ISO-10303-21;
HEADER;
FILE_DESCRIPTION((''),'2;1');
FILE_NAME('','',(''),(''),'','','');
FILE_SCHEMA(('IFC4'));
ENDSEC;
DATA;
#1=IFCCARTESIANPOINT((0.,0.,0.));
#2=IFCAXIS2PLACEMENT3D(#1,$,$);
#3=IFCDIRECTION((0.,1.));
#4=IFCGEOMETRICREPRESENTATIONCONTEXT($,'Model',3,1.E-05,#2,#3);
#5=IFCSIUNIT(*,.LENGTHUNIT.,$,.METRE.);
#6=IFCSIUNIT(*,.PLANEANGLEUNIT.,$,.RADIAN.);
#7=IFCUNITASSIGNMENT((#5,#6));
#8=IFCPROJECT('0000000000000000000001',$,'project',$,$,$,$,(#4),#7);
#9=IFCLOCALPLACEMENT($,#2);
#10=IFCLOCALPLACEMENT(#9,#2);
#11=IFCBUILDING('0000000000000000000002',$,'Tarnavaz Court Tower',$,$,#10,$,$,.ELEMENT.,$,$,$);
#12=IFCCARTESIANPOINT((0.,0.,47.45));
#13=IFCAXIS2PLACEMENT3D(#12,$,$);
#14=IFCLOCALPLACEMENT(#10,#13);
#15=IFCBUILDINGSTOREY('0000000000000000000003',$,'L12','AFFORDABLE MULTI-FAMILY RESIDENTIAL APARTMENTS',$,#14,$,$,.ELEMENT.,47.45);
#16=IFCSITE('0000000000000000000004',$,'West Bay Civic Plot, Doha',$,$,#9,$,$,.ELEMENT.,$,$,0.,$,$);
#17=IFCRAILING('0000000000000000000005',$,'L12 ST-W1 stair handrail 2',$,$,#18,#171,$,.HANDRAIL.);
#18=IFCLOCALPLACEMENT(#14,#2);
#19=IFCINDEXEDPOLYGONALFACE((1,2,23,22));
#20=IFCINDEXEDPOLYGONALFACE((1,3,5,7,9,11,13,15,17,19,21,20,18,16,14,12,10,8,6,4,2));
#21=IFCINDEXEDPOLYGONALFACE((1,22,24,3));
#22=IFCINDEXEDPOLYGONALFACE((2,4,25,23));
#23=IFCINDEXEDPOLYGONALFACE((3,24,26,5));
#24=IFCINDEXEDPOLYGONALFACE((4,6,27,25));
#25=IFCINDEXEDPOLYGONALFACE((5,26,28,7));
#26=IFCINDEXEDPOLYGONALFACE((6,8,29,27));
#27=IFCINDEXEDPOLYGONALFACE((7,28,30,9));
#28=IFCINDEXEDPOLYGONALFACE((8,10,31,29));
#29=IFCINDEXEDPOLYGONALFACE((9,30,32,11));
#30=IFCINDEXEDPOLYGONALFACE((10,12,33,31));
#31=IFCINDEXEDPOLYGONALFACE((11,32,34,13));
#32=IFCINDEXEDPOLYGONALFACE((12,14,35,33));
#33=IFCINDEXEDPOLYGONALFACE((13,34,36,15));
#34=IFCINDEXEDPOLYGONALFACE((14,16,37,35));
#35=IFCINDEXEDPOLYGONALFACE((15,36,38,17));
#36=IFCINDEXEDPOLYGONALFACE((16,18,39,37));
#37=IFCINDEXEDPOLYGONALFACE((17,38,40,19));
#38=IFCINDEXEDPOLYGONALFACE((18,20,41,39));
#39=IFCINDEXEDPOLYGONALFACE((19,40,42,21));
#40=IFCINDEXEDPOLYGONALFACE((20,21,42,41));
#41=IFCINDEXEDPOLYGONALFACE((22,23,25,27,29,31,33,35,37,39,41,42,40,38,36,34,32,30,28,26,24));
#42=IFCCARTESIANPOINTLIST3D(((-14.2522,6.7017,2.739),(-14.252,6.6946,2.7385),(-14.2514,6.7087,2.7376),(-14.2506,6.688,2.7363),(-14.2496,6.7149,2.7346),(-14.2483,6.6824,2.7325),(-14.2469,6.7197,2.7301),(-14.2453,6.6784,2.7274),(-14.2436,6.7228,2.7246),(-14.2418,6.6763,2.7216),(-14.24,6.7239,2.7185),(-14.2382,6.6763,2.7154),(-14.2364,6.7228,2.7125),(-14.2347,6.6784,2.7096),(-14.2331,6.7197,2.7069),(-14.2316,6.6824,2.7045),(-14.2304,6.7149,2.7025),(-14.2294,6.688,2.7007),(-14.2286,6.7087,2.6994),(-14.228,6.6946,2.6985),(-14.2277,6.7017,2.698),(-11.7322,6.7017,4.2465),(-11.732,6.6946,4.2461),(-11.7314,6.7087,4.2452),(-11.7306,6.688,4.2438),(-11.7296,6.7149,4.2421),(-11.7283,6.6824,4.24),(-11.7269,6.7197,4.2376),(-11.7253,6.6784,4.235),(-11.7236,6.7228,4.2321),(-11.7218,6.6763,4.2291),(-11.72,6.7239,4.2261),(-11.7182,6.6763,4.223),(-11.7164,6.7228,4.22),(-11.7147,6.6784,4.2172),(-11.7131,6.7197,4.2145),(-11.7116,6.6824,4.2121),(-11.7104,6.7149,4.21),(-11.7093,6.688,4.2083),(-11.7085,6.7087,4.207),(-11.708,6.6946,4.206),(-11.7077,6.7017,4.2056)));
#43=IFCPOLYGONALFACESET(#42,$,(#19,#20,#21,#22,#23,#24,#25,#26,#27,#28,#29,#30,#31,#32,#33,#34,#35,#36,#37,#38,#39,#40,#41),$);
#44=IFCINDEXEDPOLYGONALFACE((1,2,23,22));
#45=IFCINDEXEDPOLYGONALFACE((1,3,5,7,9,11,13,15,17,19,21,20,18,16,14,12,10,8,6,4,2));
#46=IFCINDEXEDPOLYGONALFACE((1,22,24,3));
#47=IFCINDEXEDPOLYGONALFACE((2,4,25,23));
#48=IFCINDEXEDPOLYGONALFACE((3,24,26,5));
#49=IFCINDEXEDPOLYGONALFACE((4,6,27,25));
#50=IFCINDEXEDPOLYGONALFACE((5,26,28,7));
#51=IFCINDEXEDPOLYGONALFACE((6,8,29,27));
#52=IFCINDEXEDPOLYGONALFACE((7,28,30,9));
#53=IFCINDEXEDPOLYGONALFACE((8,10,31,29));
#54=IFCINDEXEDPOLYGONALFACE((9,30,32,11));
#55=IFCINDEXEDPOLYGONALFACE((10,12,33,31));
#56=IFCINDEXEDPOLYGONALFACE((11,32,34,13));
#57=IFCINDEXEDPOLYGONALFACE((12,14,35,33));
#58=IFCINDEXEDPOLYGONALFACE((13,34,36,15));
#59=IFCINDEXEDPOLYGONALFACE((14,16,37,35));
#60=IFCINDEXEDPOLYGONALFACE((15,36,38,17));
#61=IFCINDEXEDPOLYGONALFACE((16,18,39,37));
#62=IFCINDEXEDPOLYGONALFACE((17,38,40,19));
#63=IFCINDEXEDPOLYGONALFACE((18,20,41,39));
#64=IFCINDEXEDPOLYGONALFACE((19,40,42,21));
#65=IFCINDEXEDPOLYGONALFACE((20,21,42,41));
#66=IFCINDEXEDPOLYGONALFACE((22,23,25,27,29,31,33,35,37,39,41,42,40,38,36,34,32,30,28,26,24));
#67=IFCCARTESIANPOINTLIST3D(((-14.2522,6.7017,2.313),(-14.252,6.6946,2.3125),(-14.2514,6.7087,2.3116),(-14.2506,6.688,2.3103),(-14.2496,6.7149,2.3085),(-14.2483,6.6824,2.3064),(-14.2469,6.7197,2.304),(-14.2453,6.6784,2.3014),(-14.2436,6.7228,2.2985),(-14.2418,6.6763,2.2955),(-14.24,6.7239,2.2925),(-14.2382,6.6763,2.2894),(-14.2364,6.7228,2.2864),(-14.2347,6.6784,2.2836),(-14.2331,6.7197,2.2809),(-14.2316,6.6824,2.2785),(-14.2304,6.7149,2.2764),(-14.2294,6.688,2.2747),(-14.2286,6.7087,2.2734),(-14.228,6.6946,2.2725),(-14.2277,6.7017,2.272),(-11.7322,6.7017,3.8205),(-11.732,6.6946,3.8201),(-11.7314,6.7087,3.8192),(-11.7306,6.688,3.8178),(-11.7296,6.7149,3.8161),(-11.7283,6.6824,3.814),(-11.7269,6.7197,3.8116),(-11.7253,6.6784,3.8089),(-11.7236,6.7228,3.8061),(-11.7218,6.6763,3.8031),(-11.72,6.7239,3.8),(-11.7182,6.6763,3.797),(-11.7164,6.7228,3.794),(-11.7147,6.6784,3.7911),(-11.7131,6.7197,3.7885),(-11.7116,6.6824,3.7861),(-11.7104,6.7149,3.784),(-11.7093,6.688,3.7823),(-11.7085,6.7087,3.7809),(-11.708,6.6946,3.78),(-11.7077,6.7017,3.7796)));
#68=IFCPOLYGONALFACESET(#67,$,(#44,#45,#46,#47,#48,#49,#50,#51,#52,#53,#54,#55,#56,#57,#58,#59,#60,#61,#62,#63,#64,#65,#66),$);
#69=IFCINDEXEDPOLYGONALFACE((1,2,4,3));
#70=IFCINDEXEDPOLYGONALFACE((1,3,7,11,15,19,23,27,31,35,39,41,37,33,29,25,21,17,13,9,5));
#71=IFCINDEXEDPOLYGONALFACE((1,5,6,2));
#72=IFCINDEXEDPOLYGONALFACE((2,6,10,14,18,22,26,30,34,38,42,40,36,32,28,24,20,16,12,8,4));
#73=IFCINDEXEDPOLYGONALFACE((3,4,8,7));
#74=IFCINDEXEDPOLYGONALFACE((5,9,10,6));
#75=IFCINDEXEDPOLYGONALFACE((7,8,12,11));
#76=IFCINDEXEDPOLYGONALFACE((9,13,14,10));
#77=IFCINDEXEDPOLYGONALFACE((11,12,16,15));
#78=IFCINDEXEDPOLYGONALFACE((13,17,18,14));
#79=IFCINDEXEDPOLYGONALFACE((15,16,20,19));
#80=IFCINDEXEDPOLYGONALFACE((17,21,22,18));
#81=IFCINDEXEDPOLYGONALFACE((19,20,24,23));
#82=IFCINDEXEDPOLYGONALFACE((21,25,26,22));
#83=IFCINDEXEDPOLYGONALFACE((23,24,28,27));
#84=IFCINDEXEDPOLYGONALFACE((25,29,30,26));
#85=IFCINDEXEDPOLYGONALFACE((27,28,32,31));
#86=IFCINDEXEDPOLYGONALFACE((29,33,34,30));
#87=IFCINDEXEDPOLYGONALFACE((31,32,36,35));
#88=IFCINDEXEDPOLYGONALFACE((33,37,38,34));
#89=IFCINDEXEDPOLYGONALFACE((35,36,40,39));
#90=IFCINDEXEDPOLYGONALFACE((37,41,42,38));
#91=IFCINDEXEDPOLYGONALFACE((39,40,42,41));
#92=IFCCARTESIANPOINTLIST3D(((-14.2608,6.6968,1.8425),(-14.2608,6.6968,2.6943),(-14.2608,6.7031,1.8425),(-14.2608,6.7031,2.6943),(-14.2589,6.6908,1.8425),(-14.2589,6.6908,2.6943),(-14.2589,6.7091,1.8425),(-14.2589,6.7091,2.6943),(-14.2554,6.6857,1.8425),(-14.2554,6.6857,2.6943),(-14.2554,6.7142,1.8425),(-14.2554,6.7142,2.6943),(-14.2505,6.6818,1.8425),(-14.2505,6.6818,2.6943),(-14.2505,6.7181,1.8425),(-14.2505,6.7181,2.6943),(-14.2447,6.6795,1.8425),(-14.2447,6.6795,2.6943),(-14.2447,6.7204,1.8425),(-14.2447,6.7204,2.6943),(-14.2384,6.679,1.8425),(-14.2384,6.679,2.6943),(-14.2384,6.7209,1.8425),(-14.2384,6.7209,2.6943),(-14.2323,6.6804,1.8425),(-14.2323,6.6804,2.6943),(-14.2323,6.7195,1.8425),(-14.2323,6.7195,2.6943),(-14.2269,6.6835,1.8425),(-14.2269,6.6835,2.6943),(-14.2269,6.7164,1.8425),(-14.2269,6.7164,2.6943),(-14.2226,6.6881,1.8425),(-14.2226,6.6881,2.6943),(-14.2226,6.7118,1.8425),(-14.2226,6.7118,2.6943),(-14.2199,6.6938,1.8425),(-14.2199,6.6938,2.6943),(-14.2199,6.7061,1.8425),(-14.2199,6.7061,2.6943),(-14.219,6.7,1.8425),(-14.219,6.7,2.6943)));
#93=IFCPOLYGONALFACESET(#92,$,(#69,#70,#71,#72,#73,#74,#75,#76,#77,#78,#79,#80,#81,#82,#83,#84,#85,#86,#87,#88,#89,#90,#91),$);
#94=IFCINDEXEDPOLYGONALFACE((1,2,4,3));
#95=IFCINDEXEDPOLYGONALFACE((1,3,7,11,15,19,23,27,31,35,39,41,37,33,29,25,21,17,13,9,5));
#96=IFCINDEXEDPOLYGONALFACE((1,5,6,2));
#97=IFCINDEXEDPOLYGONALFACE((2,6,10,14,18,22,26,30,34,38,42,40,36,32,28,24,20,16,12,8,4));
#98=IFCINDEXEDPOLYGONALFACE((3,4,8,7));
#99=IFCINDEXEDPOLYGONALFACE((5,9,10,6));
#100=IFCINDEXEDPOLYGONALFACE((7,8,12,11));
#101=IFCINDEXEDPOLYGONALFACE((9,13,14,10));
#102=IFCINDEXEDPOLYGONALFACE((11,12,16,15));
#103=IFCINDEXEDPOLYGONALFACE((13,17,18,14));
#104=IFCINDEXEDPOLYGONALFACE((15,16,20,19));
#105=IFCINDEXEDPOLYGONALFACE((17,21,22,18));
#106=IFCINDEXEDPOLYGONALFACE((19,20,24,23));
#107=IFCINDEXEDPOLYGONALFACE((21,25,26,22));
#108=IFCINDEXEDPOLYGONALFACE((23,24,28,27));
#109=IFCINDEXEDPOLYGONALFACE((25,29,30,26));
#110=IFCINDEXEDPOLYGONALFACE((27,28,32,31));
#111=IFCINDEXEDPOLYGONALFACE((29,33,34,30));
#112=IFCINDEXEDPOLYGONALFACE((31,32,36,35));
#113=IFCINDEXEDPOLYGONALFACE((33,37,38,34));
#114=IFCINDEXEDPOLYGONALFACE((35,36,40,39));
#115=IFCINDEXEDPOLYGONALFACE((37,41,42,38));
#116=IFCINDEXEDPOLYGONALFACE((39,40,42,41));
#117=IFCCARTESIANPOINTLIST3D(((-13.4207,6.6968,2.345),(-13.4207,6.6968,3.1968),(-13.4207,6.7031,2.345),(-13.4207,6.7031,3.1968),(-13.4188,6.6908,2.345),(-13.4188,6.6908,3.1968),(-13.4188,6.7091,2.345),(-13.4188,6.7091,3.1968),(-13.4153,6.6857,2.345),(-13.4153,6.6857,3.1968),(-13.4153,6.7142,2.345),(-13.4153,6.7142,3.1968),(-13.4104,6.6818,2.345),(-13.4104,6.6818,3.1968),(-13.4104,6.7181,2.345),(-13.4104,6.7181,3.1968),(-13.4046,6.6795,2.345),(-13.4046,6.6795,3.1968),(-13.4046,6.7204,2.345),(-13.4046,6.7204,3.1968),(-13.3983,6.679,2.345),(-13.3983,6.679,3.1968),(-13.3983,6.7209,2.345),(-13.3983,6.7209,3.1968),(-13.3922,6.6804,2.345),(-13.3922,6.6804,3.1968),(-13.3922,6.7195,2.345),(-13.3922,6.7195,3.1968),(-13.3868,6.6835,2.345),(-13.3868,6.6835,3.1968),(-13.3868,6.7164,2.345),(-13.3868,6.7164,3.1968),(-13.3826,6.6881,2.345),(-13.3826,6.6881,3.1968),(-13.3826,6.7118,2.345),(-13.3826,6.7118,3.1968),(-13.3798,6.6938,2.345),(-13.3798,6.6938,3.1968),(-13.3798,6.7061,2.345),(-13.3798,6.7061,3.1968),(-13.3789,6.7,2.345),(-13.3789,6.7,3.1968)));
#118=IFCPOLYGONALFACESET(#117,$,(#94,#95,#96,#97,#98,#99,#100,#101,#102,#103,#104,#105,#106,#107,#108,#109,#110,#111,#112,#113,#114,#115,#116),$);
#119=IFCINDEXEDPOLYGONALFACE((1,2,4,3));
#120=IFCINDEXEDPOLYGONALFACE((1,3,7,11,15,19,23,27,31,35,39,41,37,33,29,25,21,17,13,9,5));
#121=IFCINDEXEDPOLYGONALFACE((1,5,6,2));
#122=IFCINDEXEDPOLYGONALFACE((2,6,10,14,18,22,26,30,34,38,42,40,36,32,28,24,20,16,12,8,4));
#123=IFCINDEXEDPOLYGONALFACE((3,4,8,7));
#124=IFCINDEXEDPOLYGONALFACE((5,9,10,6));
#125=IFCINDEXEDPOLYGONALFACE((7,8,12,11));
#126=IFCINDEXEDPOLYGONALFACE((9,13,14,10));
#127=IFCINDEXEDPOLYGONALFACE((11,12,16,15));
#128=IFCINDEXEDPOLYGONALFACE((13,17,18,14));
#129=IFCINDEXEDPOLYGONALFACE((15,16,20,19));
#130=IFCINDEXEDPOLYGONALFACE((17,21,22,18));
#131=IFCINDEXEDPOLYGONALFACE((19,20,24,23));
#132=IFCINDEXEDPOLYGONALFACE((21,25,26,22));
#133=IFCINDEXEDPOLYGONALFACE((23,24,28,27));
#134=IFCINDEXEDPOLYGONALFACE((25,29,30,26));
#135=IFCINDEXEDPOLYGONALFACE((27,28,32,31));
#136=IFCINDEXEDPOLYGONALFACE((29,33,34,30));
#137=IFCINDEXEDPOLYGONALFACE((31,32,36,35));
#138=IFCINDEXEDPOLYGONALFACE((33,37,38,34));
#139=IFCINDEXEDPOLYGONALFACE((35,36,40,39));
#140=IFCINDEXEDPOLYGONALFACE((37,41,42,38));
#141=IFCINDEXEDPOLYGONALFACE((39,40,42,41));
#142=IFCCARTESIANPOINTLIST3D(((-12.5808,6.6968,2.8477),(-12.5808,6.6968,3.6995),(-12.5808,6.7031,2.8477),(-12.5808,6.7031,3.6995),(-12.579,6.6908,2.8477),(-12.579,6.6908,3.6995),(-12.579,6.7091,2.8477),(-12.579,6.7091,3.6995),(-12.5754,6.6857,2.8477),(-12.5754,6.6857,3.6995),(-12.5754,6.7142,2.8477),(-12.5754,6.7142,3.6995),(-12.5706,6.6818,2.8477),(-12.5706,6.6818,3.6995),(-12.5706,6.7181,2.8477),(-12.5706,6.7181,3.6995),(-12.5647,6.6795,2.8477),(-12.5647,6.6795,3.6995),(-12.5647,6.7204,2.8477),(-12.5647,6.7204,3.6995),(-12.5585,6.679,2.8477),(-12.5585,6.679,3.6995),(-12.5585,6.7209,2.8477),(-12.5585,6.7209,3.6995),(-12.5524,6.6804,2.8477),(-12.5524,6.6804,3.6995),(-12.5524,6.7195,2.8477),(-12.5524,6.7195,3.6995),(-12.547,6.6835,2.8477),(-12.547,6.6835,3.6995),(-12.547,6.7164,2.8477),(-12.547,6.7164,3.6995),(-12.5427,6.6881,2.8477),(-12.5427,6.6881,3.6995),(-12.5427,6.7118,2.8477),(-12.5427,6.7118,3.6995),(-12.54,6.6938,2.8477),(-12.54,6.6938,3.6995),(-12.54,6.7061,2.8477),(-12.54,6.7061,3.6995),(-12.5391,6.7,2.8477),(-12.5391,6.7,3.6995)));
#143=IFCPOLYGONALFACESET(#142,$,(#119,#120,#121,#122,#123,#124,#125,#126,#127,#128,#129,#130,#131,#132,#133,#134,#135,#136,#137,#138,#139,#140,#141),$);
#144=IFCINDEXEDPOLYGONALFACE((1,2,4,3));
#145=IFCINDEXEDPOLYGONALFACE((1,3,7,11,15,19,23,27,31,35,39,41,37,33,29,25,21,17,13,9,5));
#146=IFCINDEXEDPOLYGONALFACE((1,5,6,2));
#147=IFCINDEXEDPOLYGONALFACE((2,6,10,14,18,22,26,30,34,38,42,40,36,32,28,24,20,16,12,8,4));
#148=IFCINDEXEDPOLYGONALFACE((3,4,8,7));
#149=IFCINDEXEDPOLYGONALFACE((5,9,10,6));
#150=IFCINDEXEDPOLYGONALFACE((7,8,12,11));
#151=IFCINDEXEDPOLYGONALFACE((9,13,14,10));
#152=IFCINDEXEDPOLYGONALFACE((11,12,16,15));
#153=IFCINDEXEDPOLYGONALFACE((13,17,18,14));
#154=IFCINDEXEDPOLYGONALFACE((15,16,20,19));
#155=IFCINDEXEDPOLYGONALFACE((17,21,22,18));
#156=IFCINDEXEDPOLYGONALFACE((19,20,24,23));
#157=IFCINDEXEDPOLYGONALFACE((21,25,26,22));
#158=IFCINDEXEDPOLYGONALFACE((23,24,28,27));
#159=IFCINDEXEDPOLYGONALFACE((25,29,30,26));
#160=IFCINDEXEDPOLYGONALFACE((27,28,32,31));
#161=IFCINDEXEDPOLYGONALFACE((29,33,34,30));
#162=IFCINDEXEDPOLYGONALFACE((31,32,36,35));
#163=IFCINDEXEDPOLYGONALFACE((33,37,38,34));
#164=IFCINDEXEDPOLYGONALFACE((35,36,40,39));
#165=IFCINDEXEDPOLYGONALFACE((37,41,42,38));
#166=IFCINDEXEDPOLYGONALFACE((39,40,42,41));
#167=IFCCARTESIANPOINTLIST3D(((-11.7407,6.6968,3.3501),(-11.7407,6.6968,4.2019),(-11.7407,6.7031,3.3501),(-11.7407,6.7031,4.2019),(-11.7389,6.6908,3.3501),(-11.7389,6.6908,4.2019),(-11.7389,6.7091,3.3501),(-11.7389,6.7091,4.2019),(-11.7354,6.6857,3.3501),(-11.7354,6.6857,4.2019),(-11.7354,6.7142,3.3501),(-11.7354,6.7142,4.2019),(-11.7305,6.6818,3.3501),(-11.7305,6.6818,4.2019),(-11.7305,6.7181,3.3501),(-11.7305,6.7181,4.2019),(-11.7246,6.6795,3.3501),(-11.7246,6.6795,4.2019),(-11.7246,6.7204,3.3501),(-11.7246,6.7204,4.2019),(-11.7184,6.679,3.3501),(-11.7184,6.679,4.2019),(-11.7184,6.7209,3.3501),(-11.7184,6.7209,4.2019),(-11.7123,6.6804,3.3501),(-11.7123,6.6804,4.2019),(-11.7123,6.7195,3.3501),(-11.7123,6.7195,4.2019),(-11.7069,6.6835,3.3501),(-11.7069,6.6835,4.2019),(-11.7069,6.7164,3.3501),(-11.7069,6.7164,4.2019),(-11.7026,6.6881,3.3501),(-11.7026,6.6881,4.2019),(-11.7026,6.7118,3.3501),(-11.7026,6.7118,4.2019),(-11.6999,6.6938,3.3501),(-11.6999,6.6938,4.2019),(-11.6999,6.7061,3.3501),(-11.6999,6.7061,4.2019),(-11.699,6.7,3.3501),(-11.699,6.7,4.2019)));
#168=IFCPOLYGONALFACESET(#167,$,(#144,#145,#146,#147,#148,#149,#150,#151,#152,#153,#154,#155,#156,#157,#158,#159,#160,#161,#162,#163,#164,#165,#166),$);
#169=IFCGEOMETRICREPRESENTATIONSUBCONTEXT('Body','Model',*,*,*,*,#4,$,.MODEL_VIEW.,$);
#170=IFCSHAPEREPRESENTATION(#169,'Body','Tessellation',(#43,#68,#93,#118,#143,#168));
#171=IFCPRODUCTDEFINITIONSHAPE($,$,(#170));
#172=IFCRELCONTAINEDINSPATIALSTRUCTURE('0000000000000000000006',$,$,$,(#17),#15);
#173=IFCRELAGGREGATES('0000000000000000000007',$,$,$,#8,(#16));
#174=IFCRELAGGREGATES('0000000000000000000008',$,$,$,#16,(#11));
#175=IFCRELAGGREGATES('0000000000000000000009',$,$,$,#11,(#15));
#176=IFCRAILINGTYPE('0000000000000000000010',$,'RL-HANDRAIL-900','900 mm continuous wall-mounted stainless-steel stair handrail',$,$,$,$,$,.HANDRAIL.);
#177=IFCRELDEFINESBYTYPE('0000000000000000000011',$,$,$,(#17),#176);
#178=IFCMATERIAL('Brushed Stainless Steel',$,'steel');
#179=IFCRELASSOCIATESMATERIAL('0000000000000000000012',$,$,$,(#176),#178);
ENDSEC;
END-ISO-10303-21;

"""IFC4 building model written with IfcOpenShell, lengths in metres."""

from ifc_helpers import new_model, si_unit, direction, frame, origin, origin_2d, place, context, subcontext, project, spatial, circle, extrude, material, type_object, element, save


model = new_model("IFC4")

# Units and contexts
model_context = context("Model", 3, precision=1e-05, world=origin(), true_north=direction((0.0, 1.0)))
body_context = subcontext(model_context, "Body", "Model", "MODEL_VIEW")
ifc_project = project(units=[si_unit("LENGTHUNIT", "METRE"), si_unit("PLANEANGLEUNIT", "RADIAN")], contexts=[model_context])

# Site, building, storey
site_placement = place(None, origin())
site = spatial("IfcSite", under=ifc_project, at=site_placement, Name="West Bay Civic Plot, Doha", CompositionType="ELEMENT", RefElevation=0.0)
building_placement = place(site_placement, origin())
building = spatial("IfcBuilding", under=site, at=building_placement, Name="Tarnavaz Court Tower", CompositionType="ELEMENT")
storey_placement = place(building_placement, frame((0.0, 0.0, 47.45)))
storey = spatial("IfcBuildingStorey", under=building, at=storey_placement, Name="L12", Description="AFFORDABLE MULTI-FAMILY RESIDENTIAL APARTMENTS", CompositionType="ELEMENT", Elevation=47.45)

# Railing
ifc_material_1 = material(Name="Brushed Stainless Steel", Category="steel")
railing_type_1 = type_object("IfcRailingType", Name="RL-HANDRAIL-900", Description="900 mm continuous wall-mounted stainless-steel stair handrail", PredefinedType="HANDRAIL", material=ifc_material_1)
railing_1_placement = place(storey_placement, frame((-14.24, 6.7, 1.8425)))
element("IfcRailing", 1, at=railing_1_placement, inside=storey, type_object=railing_type_1, Name="L12 ST-W1 stair handrail 2", PredefinedType="HANDRAIL", context=body_context, shape_type="SweptSolid", body=[
    extrude(circle(Radius=0.0239, at=origin_2d()), frame((0.0, 0.0, 0.876), z_axis=(0.85816, 0.0, 0.513383), x_axis=(0.0, 1.0, 0.0)), (0.0, 0.0, 1.0), 2.9365),
    extrude(circle(Radius=0.0239, at=origin_2d()), frame((0.0, 0.0, 0.45), z_axis=(0.85816, 0.0, 0.513383), x_axis=(0.0, 1.0, 0.0)), (0.0, 0.0, 1.0), 2.9365),
    extrude(circle(Radius=0.021, at=origin_2d()), origin(), (0.0, 0.0, 1.0), 0.8518),
    extrude(circle(Radius=0.021, at=origin_2d()), frame((0.8401, 0.0, 0.5024)), (0.0, 0.0, 1.0), 0.8518),
    extrude(circle(Radius=0.021, at=origin_2d()), frame((1.6799, 0.0, 1.0051)), (0.0, 0.0, 1.0), 0.8518),
    extrude(circle(Radius=0.021, at=origin_2d()), frame((2.52, 0.0, 1.5076)), (0.0, 0.0, 1.0), 0.8518),
])

save(model, "model.ifc")
